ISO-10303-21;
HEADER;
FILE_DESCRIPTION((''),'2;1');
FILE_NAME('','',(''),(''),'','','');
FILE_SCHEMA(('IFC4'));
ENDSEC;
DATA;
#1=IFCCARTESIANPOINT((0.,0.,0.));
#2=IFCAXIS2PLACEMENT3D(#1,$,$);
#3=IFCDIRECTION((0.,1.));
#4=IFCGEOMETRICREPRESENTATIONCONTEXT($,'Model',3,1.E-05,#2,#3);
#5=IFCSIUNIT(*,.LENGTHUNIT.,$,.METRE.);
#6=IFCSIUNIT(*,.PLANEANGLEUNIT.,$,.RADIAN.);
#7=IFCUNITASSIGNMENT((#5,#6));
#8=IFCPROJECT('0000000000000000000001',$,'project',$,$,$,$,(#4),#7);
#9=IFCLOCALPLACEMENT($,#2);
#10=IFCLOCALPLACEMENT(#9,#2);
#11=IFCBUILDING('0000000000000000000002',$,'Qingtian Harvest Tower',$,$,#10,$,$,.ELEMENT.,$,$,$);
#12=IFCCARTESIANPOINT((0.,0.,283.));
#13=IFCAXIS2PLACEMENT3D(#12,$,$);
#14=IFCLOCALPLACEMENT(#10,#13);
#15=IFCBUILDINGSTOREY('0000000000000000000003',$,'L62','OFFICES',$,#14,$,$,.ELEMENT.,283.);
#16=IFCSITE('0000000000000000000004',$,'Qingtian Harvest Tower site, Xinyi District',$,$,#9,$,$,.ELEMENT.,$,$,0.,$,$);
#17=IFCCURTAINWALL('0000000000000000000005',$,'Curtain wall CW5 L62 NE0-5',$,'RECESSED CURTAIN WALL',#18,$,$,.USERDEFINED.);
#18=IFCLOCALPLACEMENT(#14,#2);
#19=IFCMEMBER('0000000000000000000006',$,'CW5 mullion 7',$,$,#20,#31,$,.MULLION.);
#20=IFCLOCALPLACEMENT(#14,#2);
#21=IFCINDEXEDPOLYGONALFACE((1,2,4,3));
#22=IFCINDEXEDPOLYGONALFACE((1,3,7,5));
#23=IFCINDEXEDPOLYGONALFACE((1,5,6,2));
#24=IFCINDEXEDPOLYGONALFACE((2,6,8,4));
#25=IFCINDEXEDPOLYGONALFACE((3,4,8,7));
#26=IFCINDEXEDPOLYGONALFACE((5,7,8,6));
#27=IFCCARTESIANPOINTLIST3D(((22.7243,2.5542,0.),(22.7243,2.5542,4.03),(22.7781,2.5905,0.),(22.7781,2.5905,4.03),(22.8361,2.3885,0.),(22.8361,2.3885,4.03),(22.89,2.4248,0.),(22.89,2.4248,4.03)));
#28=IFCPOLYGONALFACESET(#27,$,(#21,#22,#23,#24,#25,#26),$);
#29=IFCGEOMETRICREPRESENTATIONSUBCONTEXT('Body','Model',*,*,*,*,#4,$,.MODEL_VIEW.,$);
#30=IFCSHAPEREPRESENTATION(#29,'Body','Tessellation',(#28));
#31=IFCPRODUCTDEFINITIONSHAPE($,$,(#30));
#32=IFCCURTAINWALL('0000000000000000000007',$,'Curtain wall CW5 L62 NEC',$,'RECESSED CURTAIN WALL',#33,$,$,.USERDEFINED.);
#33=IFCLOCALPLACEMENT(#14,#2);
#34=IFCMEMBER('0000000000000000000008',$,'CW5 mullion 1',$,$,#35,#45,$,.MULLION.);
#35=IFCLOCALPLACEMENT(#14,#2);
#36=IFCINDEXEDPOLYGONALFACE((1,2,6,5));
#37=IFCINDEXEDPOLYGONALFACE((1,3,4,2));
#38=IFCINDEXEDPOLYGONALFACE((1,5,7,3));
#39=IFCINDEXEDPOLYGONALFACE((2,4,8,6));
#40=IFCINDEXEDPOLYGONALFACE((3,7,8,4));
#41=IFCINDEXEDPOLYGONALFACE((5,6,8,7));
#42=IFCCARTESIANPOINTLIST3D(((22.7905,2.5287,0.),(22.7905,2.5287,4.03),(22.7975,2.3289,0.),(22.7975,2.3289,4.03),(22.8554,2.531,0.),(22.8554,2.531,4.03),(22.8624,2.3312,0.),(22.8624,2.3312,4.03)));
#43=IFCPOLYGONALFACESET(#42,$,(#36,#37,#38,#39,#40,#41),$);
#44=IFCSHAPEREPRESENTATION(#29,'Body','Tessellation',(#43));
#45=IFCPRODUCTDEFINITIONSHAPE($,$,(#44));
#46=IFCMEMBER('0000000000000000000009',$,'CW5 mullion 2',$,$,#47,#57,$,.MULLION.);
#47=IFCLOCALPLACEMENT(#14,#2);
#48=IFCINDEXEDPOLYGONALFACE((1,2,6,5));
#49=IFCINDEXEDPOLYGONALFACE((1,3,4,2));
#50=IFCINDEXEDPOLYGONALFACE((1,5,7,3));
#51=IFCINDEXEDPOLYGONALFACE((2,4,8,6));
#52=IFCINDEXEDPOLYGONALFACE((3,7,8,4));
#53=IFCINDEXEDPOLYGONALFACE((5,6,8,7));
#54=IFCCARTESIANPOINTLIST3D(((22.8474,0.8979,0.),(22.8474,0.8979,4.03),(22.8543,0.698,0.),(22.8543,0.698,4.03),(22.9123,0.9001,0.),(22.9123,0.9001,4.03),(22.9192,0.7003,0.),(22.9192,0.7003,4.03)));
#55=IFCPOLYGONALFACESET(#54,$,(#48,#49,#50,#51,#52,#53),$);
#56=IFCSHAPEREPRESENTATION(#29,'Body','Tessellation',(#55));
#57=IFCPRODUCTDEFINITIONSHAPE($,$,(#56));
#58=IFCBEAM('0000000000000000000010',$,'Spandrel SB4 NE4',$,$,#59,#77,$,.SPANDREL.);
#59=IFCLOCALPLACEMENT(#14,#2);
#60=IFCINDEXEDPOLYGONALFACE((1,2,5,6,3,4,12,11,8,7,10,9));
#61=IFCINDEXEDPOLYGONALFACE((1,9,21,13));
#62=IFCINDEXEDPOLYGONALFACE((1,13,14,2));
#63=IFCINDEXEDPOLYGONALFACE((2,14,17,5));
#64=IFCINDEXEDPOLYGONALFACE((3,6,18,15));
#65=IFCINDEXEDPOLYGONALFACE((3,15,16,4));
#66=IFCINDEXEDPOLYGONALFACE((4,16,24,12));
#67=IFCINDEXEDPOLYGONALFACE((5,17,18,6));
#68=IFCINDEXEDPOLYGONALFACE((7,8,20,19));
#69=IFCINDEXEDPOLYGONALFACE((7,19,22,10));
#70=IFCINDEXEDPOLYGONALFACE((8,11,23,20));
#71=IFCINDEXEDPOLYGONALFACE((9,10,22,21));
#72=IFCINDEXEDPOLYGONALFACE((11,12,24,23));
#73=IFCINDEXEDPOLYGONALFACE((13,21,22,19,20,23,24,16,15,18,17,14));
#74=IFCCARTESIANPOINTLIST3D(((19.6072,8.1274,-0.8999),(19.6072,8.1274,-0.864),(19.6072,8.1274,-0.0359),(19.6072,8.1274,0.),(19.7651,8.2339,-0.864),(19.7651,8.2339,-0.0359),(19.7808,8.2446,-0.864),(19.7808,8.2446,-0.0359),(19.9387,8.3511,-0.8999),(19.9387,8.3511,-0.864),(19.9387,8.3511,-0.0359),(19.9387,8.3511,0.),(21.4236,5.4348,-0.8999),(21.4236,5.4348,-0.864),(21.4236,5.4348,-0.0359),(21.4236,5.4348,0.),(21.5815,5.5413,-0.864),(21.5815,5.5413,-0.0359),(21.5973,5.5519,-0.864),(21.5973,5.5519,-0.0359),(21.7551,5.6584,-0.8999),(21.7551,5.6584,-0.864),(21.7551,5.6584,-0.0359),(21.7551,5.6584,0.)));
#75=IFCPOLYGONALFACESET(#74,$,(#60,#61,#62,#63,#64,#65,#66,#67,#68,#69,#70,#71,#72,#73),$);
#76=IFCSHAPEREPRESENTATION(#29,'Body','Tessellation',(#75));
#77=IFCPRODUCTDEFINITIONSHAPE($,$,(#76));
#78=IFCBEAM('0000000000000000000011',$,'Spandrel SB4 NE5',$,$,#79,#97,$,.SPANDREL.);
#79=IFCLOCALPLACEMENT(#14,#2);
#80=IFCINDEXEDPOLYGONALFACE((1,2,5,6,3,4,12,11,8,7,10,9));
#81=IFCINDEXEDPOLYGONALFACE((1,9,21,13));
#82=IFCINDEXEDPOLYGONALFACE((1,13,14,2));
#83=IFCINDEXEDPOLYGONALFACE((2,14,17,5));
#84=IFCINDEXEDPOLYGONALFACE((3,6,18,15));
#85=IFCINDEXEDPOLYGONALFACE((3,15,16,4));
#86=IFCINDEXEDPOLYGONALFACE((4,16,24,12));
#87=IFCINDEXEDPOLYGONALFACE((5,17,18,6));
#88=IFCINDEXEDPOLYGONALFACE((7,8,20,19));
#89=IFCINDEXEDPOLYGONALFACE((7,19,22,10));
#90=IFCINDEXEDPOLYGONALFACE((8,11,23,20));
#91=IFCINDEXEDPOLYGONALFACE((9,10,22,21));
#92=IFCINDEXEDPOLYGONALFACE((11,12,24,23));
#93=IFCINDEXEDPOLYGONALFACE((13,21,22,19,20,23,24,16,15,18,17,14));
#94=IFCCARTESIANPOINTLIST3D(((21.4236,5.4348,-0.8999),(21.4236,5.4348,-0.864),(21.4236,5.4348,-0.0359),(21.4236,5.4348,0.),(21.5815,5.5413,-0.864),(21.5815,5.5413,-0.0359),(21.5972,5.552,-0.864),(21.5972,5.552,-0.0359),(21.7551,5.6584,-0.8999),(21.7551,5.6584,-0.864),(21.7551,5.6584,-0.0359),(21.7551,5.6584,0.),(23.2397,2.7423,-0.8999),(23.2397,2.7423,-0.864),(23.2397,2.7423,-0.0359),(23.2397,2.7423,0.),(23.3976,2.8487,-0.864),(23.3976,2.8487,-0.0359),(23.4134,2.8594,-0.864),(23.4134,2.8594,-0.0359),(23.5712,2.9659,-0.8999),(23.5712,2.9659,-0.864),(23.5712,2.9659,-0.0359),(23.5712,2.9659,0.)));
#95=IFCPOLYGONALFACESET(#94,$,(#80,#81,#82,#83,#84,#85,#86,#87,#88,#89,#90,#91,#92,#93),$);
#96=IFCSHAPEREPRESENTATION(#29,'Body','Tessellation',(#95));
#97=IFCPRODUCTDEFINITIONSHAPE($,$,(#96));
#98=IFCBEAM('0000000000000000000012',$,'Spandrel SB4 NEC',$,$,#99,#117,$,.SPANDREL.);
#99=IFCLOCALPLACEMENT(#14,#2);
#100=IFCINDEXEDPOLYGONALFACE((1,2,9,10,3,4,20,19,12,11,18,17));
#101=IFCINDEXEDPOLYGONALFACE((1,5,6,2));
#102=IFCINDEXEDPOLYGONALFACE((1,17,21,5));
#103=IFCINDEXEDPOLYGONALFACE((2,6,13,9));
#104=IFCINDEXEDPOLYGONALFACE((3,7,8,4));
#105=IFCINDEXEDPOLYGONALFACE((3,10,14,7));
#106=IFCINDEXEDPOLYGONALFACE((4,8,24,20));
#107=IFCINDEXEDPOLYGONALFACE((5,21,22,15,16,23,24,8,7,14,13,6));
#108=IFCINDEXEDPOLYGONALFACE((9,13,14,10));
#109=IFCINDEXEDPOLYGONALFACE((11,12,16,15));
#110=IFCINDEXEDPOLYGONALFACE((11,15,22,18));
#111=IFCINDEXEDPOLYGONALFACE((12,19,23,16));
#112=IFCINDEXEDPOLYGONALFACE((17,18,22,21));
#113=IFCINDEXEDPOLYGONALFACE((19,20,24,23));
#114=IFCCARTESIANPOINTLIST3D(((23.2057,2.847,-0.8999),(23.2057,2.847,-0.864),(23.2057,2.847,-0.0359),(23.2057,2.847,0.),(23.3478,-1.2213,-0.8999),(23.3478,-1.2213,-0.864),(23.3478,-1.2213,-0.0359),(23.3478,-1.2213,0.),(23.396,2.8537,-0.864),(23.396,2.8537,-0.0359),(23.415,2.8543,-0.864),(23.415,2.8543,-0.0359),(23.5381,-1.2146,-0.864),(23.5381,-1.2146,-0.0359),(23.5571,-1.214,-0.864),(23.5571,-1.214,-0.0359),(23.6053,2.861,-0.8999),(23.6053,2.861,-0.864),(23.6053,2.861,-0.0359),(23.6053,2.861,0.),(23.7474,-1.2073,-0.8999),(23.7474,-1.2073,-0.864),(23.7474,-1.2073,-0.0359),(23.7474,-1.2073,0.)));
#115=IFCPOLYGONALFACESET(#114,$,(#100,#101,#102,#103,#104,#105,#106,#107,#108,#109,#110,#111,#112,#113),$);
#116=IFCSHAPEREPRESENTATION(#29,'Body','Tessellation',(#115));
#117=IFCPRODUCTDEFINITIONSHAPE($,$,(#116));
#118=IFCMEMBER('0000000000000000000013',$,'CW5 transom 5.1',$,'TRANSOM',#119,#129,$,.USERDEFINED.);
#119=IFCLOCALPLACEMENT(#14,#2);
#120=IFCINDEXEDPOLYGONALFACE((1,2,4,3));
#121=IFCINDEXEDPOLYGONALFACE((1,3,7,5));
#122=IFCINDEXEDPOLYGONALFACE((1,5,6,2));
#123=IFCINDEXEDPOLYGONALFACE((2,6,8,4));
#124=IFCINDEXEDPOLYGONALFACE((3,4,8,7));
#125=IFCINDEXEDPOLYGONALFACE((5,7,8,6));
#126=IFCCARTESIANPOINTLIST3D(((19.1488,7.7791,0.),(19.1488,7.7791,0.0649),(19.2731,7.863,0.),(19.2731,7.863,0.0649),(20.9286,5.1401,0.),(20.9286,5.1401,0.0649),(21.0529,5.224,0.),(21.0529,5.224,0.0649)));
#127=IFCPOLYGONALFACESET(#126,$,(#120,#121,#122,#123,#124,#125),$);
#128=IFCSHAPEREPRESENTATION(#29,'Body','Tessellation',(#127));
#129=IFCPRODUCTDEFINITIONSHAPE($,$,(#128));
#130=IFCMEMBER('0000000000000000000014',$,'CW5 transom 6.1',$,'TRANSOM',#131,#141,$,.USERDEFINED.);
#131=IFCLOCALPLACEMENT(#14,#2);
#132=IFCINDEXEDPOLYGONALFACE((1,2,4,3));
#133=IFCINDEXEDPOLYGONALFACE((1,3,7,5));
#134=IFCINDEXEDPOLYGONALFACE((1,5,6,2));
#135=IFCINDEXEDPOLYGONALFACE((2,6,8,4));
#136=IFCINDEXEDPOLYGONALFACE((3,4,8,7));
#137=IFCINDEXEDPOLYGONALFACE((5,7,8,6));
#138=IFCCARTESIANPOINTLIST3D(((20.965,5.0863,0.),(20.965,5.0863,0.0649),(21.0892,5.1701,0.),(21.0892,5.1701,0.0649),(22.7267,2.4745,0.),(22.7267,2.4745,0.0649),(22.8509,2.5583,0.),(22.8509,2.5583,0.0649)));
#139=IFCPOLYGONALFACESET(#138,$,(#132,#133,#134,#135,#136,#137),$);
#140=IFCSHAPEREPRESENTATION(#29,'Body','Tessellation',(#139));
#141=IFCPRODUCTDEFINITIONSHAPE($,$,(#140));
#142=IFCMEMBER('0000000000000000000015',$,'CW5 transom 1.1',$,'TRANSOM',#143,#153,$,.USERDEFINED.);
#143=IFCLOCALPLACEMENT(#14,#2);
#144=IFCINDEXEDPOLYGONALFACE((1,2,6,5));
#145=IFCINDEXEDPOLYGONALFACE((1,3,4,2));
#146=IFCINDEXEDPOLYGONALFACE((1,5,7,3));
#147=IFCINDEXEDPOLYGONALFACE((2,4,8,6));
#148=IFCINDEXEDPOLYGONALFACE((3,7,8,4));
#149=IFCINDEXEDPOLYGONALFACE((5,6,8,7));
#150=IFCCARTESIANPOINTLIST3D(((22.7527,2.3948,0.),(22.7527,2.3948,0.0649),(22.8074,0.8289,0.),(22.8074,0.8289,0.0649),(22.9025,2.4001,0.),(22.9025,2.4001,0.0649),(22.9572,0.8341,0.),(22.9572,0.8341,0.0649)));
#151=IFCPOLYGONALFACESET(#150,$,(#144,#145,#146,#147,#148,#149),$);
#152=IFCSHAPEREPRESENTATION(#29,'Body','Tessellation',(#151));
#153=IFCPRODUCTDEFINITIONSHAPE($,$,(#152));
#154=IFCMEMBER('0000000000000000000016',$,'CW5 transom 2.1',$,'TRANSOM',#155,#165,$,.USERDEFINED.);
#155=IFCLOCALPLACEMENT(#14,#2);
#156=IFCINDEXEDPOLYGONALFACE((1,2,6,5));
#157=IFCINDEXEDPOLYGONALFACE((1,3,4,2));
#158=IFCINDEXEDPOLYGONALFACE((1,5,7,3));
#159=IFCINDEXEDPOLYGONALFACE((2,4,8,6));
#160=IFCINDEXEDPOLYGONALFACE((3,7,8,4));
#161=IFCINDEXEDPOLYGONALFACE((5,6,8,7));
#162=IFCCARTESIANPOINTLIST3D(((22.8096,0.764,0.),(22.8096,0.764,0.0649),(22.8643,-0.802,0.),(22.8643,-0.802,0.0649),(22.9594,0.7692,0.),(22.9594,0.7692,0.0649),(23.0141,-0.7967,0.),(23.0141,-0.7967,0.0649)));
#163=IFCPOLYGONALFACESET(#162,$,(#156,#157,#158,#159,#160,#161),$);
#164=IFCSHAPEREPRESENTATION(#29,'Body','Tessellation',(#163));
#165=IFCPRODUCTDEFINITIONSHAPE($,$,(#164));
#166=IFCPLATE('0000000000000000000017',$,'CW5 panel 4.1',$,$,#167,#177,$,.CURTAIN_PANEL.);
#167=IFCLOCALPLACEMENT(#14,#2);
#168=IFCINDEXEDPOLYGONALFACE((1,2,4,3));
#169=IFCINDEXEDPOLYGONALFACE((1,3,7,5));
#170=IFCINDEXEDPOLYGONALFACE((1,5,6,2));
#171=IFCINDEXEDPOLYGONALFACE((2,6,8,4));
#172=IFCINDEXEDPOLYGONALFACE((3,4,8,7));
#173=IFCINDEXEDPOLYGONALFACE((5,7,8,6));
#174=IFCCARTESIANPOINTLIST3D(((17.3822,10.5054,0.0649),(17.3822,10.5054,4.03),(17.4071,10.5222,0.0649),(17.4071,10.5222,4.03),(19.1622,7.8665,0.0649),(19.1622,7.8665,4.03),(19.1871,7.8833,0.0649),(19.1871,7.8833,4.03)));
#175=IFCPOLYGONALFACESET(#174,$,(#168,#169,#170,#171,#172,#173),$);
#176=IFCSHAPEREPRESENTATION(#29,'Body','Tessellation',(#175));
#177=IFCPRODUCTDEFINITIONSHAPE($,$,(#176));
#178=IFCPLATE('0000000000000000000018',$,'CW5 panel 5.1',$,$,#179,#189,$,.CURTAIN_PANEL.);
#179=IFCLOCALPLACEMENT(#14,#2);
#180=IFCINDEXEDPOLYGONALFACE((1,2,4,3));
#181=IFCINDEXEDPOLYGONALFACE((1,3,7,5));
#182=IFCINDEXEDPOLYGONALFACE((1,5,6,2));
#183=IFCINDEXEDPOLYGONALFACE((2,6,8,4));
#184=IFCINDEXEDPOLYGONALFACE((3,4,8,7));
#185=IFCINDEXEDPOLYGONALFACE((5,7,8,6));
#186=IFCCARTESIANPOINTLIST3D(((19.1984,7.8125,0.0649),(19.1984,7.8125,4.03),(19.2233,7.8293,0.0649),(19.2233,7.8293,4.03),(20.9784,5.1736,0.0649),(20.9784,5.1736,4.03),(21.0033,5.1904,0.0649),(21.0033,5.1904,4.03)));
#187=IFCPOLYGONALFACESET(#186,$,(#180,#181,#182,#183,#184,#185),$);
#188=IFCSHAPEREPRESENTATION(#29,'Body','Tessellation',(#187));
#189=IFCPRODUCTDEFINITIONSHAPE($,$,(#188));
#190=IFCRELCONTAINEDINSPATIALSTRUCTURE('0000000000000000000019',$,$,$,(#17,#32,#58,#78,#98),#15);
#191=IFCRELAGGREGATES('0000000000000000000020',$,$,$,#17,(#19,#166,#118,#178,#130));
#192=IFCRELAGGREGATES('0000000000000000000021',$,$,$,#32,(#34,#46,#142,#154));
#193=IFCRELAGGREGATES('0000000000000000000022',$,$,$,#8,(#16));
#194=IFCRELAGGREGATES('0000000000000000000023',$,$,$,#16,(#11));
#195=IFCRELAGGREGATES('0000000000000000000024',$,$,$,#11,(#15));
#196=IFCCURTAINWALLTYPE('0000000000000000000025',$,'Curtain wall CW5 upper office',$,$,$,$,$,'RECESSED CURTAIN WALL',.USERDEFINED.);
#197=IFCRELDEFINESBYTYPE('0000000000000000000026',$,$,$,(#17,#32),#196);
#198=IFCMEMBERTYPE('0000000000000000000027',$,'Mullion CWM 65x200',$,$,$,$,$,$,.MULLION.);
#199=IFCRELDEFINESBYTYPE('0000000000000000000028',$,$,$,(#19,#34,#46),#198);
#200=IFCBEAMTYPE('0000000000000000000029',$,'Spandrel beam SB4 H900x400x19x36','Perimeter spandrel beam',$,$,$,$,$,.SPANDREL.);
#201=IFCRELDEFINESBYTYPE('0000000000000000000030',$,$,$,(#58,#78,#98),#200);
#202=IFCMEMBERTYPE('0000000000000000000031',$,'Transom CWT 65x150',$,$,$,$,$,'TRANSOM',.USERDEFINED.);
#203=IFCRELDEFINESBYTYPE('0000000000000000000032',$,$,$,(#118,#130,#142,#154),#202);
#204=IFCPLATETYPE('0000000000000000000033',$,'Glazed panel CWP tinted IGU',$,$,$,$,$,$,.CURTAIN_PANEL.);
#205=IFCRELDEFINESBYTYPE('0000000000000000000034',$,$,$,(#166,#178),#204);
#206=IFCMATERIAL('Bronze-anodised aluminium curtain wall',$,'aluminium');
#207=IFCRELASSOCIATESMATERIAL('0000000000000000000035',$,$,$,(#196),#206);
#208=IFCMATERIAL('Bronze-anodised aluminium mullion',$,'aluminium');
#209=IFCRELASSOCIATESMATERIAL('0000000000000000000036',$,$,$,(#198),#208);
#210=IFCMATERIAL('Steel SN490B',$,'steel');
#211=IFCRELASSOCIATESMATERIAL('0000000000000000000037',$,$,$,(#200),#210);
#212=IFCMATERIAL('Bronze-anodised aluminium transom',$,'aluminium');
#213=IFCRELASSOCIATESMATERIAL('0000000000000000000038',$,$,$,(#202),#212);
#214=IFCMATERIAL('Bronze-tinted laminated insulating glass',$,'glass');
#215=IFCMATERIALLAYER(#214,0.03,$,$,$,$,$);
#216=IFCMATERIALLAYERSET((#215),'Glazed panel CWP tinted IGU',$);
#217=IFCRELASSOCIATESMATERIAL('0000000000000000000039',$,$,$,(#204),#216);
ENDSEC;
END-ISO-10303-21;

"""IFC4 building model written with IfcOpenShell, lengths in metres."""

from ifc_helpers import new_model, si_unit, direction, frame, origin, origin_2d, place, context, subcontext, project, spatial, rectangle, i_section, extrude, material, layer, layer_set, material_profile, profile_set, type_object, element, aggregate, save


model = new_model("IFC4")

# Units and contexts
model_context = context("Model", 3, precision=1e-05, world=origin(), true_north=direction((0.0, 1.0)))
body_context = subcontext(model_context, "Body", "Model", "MODEL_VIEW")
ifc_project = project(units=[si_unit("LENGTHUNIT", "METRE"), si_unit("PLANEANGLEUNIT", "RADIAN")], contexts=[model_context])

# Site, building, storey
site_placement = place(None, origin())
site = spatial("IfcSite", under=ifc_project, at=site_placement, Name="Qingtian Harvest Tower site, Xinyi District", CompositionType="ELEMENT", RefElevation=0.0)
building_placement = place(site_placement, origin())
building = spatial("IfcBuilding", under=site, at=building_placement, Name="Qingtian Harvest Tower", CompositionType="ELEMENT")
storey_placement = place(building_placement, frame((0.0, 0.0, 283.0)))
storey = spatial("IfcBuildingStorey", under=building, at=storey_placement, Name="L62", Description="OFFICES", CompositionType="ELEMENT", Elevation=283.0)

# Curtain walls, members
ifc_material_1 = material(Name="Bronze-anodised aluminium curtain wall", Category="aluminium")
curtain_wall_type = type_object("IfcCurtainWallType", Name="Curtain wall CW5 upper office", ElementType="RECESSED CURTAIN WALL", PredefinedType="USERDEFINED", material=ifc_material_1)
curtain_wall_1_placement = place(storey_placement, origin())
curtain_wall_1 = element("IfcCurtainWall", 1, at=curtain_wall_1_placement, inside=storey, type_object=curtain_wall_type, Name="Curtain wall CW5 L62 NE0-5", ObjectType="RECESSED CURTAIN WALL", PredefinedType="USERDEFINED")
ifc_material_2 = material(Name="Bronze-anodised aluminium mullion", Category="aluminium")
ifc_material_profile_1 = material_profile(ifc_material_2, rectangle(XDim=0.0649, YDim=0.2, at=origin_2d()), Name="AL 65x200")
ifc_profile_set_1 = profile_set([ifc_material_profile_1], Name="Bronze-anodised aluminium mullion")
member_type_1 = type_object("IfcMemberType", Name="Mullion CWM 65x200", PredefinedType="MULLION", material=ifc_profile_set_1)
member_1_placement = place(storey_placement, frame((22.8071, 2.4895, 0.0), z_axis=(0.0, 0.0, 1.0), x_axis=(0.829038, 0.559193, 0.0)))
member_1 = element("IfcMember", 2, at=member_1_placement, type_object=member_type_1, Name="CW5 mullion 7", PredefinedType="MULLION", context=body_context, shape_type="SweptSolid", body=[
    extrude(rectangle(XDim=0.0649, YDim=0.2, at=origin_2d()), origin(), (0.0, 0.0, 1.0), 4.03),
])
curtain_wall_2_placement = place(storey_placement, origin())
curtain_wall_2 = element("IfcCurtainWall", 3, at=curtain_wall_2_placement, inside=storey, type_object=curtain_wall_type, Name="Curtain wall CW5 L62 NEC", ObjectType="RECESSED CURTAIN WALL", PredefinedType="USERDEFINED")
member_2_placement = place(storey_placement, frame((22.8264, 2.4299, 0.0), z_axis=(0.0, 0.0, 1.0), x_axis=(0.999391, 0.034899, 0.0)))
member_2 = element("IfcMember", 4, at=member_2_placement, type_object=member_type_1, Name="CW5 mullion 1", PredefinedType="MULLION", context=body_context, shape_type="SweptSolid", body=[
    extrude(rectangle(XDim=0.0649, YDim=0.2, at=origin_2d()), origin(), (0.0, 0.0, 1.0), 4.03),
])
member_3_placement = place(storey_placement, frame((22.8833, 0.7991, 0.0), z_axis=(0.0, 0.0, 1.0), x_axis=(0.999391, 0.034899, 0.0)))
member_3 = element("IfcMember", 5, at=member_3_placement, type_object=member_type_1, Name="CW5 mullion 2", PredefinedType="MULLION", context=body_context, shape_type="SweptSolid", body=[
    extrude(rectangle(XDim=0.0649, YDim=0.2, at=origin_2d()), origin(), (0.0, 0.0, 1.0), 4.03),
])

# Beams
ifc_material_3 = material(Name="Steel SN490B", Category="steel")
ifc_material_profile_2 = material_profile(ifc_material_3, i_section(OverallWidth=0.3999, OverallDepth=0.8999, WebThickness=0.019, FlangeThickness=0.0359, at=origin_2d()), Name="H900x400x19x36")
ifc_profile_set_2 = profile_set([ifc_material_profile_2], Name="Steel SN490B")
beam_type_1 = type_object("IfcBeamType", Name="Spandrel beam SB4 H900x400x19x36", Description="Perimeter spandrel beam", PredefinedType="SPANDREL", material=ifc_profile_set_2)
beam_1_placement = place(storey_placement, frame((19.7729, 8.2393, -0.45), z_axis=(0.559237, -0.829008, 0.0), x_axis=(0.829008, 0.559237, 0.0)))
element("IfcBeam", 6, at=beam_1_placement, inside=storey, type_object=beam_type_1, Name="Spandrel SB4 NE4", PredefinedType="SPANDREL", context=body_context, shape_type="SweptSolid", body=[
    extrude(i_section(OverallWidth=0.3999, OverallDepth=0.8999, WebThickness=0.019, FlangeThickness=0.0359, at=origin_2d()), origin(), (0.0, 0.0, 1.0), 3.248),
])
beam_2_placement = place(storey_placement, frame((21.5894, 5.5466, -0.45), z_axis=(0.559185, -0.829043, 0.0), x_axis=(0.829043, 0.559185, 0.0)))
element("IfcBeam", 7, at=beam_2_placement, inside=storey, type_object=beam_type_1, Name="Spandrel SB4 NE5", PredefinedType="SPANDREL", context=body_context, shape_type="SweptSolid", body=[
    extrude(i_section(OverallWidth=0.3999, OverallDepth=0.8999, WebThickness=0.019, FlangeThickness=0.0359, at=origin_2d()), origin(), (0.0, 0.0, 1.0), 3.2478),
])
beam_3_placement = place(storey_placement, frame((23.4055, 2.854, -0.45), z_axis=(0.034904, -0.999391, 0.0), x_axis=(0.999391, 0.034904, 0.0)))
element("IfcBeam", 8, at=beam_3_placement, inside=storey, type_object=beam_type_1, Name="Spandrel SB4 NEC", PredefinedType="SPANDREL", context=body_context, shape_type="SweptSolid", body=[
    extrude(i_section(OverallWidth=0.3999, OverallDepth=0.8999, WebThickness=0.019, FlangeThickness=0.0359, at=origin_2d()), origin(), (0.0, 0.0, 1.0), 4.0708),
])

# Members
ifc_material_4 = material(Name="Bronze-anodised aluminium transom", Category="aluminium")
ifc_material_profile_3 = material_profile(ifc_material_4, rectangle(XDim=0.1499, YDim=0.0649, at=origin_2d()), Name="AL 65x150")
ifc_profile_set_3 = profile_set([ifc_material_profile_3], Name="Bronze-anodised aluminium transom")
member_type_2 = type_object("IfcMemberType", Name="Transom CWT 65x150", ElementType="TRANSOM", PredefinedType="USERDEFINED", material=ifc_profile_set_3)
member_4_placement = place(storey_placement, frame((19.2109, 7.821, 0.0325), z_axis=(0.559153, -0.829065, 0.0), x_axis=(0.829065, 0.559153, 0.0)))
member_4 = element("IfcMember", 9, at=member_4_placement, type_object=member_type_2, Name="CW5 transom 5.1", ObjectType="TRANSOM", PredefinedType="USERDEFINED", context=body_context, shape_type="SweptSolid", body=[
    extrude(rectangle(XDim=0.1499, YDim=0.0649, at=origin_2d()), origin(), (0.0, 0.0, 1.0), 3.1831),
])
member_5_placement = place(storey_placement, frame((21.0271, 5.1282, 0.0325), z_axis=(0.559199, -0.829034, 0.0), x_axis=(0.829034, 0.559199, 0.0)))
member_5 = element("IfcMember", 10, at=member_5_placement, type_object=member_type_2, Name="CW5 transom 6.1", ObjectType="TRANSOM", PredefinedType="USERDEFINED", context=body_context, shape_type="SweptSolid", body=[
    extrude(rectangle(XDim=0.1499, YDim=0.0649, at=origin_2d()), origin(), (0.0, 0.0, 1.0), 3.1504),
])
member_6_placement = place(storey_placement, frame((22.8276, 2.3975, 0.0325), z_axis=(0.034902, -0.999391, 0.0), x_axis=(0.999391, 0.034902, 0.0)))
member_6 = element("IfcMember", 11, at=member_6_placement, type_object=member_type_2, Name="CW5 transom 1.1", ObjectType="TRANSOM", PredefinedType="USERDEFINED", context=body_context, shape_type="SweptSolid", body=[
    extrude(rectangle(XDim=0.1499, YDim=0.0649, at=origin_2d()), origin(), (0.0, 0.0, 1.0), 1.5669),
])
member_7_placement = place(storey_placement, frame((22.8845, 0.7666, 0.0325), z_axis=(0.034902, -0.999391, 0.0), x_axis=(0.999391, 0.034902, 0.0)))
member_7 = element("IfcMember", 12, at=member_7_placement, type_object=member_type_2, Name="CW5 transom 2.1", ObjectType="TRANSOM", PredefinedType="USERDEFINED", context=body_context, shape_type="SweptSolid", body=[
    extrude(rectangle(XDim=0.1499, YDim=0.0649, at=origin_2d()), origin(), (0.0, 0.0, 1.0), 1.5669),
])

# Plates
ifc_material_5 = material(Name="Bronze-tinted laminated insulating glass", Category="glass")
ifc_layer_1 = layer(ifc_material_5, 0.03)
ifc_layer_set_1 = layer_set([ifc_layer_1], Name="Glazed panel CWP tinted IGU")
plate_type = type_object("IfcPlateType", Name="Glazed panel CWP tinted IGU", PredefinedType="CURTAIN_PANEL", material=ifc_layer_set_1)
plate_1_placement = place(storey_placement, frame((18.2847, 9.1943, 0.0649), z_axis=(0.0, 0.0, 1.0), x_axis=(0.559193, -0.829038, 0.0)))
plate_1 = element("IfcPlate", 13, at=plate_1_placement, type_object=plate_type, Name="CW5 panel 4.1", PredefinedType="CURTAIN_PANEL", context=body_context, shape_type="SweptSolid", body=[
    extrude(rectangle(XDim=3.1831, YDim=0.03, at=origin_2d()), origin(), (0.0, 0.0, 1.0), 3.9651),
])
plate_2_placement = place(storey_placement, frame((20.1008, 6.5015, 0.0649), z_axis=(0.0, 0.0, 1.0), x_axis=(0.559193, -0.829038, 0.0)))
plate_2 = element("IfcPlate", 14, at=plate_2_placement, type_object=plate_type, Name="CW5 panel 5.1", PredefinedType="CURTAIN_PANEL", context=body_context, shape_type="SweptSolid", body=[
    extrude(rectangle(XDim=3.1831, YDim=0.03, at=origin_2d()), origin(), (0.0, 0.0, 1.0), 3.9651),
])
aggregate(curtain_wall_1, [member_1, plate_1, member_4, plate_2, member_5])
aggregate(curtain_wall_2, [member_2, member_3, member_6, member_7])

save(model, "model.ifc")
